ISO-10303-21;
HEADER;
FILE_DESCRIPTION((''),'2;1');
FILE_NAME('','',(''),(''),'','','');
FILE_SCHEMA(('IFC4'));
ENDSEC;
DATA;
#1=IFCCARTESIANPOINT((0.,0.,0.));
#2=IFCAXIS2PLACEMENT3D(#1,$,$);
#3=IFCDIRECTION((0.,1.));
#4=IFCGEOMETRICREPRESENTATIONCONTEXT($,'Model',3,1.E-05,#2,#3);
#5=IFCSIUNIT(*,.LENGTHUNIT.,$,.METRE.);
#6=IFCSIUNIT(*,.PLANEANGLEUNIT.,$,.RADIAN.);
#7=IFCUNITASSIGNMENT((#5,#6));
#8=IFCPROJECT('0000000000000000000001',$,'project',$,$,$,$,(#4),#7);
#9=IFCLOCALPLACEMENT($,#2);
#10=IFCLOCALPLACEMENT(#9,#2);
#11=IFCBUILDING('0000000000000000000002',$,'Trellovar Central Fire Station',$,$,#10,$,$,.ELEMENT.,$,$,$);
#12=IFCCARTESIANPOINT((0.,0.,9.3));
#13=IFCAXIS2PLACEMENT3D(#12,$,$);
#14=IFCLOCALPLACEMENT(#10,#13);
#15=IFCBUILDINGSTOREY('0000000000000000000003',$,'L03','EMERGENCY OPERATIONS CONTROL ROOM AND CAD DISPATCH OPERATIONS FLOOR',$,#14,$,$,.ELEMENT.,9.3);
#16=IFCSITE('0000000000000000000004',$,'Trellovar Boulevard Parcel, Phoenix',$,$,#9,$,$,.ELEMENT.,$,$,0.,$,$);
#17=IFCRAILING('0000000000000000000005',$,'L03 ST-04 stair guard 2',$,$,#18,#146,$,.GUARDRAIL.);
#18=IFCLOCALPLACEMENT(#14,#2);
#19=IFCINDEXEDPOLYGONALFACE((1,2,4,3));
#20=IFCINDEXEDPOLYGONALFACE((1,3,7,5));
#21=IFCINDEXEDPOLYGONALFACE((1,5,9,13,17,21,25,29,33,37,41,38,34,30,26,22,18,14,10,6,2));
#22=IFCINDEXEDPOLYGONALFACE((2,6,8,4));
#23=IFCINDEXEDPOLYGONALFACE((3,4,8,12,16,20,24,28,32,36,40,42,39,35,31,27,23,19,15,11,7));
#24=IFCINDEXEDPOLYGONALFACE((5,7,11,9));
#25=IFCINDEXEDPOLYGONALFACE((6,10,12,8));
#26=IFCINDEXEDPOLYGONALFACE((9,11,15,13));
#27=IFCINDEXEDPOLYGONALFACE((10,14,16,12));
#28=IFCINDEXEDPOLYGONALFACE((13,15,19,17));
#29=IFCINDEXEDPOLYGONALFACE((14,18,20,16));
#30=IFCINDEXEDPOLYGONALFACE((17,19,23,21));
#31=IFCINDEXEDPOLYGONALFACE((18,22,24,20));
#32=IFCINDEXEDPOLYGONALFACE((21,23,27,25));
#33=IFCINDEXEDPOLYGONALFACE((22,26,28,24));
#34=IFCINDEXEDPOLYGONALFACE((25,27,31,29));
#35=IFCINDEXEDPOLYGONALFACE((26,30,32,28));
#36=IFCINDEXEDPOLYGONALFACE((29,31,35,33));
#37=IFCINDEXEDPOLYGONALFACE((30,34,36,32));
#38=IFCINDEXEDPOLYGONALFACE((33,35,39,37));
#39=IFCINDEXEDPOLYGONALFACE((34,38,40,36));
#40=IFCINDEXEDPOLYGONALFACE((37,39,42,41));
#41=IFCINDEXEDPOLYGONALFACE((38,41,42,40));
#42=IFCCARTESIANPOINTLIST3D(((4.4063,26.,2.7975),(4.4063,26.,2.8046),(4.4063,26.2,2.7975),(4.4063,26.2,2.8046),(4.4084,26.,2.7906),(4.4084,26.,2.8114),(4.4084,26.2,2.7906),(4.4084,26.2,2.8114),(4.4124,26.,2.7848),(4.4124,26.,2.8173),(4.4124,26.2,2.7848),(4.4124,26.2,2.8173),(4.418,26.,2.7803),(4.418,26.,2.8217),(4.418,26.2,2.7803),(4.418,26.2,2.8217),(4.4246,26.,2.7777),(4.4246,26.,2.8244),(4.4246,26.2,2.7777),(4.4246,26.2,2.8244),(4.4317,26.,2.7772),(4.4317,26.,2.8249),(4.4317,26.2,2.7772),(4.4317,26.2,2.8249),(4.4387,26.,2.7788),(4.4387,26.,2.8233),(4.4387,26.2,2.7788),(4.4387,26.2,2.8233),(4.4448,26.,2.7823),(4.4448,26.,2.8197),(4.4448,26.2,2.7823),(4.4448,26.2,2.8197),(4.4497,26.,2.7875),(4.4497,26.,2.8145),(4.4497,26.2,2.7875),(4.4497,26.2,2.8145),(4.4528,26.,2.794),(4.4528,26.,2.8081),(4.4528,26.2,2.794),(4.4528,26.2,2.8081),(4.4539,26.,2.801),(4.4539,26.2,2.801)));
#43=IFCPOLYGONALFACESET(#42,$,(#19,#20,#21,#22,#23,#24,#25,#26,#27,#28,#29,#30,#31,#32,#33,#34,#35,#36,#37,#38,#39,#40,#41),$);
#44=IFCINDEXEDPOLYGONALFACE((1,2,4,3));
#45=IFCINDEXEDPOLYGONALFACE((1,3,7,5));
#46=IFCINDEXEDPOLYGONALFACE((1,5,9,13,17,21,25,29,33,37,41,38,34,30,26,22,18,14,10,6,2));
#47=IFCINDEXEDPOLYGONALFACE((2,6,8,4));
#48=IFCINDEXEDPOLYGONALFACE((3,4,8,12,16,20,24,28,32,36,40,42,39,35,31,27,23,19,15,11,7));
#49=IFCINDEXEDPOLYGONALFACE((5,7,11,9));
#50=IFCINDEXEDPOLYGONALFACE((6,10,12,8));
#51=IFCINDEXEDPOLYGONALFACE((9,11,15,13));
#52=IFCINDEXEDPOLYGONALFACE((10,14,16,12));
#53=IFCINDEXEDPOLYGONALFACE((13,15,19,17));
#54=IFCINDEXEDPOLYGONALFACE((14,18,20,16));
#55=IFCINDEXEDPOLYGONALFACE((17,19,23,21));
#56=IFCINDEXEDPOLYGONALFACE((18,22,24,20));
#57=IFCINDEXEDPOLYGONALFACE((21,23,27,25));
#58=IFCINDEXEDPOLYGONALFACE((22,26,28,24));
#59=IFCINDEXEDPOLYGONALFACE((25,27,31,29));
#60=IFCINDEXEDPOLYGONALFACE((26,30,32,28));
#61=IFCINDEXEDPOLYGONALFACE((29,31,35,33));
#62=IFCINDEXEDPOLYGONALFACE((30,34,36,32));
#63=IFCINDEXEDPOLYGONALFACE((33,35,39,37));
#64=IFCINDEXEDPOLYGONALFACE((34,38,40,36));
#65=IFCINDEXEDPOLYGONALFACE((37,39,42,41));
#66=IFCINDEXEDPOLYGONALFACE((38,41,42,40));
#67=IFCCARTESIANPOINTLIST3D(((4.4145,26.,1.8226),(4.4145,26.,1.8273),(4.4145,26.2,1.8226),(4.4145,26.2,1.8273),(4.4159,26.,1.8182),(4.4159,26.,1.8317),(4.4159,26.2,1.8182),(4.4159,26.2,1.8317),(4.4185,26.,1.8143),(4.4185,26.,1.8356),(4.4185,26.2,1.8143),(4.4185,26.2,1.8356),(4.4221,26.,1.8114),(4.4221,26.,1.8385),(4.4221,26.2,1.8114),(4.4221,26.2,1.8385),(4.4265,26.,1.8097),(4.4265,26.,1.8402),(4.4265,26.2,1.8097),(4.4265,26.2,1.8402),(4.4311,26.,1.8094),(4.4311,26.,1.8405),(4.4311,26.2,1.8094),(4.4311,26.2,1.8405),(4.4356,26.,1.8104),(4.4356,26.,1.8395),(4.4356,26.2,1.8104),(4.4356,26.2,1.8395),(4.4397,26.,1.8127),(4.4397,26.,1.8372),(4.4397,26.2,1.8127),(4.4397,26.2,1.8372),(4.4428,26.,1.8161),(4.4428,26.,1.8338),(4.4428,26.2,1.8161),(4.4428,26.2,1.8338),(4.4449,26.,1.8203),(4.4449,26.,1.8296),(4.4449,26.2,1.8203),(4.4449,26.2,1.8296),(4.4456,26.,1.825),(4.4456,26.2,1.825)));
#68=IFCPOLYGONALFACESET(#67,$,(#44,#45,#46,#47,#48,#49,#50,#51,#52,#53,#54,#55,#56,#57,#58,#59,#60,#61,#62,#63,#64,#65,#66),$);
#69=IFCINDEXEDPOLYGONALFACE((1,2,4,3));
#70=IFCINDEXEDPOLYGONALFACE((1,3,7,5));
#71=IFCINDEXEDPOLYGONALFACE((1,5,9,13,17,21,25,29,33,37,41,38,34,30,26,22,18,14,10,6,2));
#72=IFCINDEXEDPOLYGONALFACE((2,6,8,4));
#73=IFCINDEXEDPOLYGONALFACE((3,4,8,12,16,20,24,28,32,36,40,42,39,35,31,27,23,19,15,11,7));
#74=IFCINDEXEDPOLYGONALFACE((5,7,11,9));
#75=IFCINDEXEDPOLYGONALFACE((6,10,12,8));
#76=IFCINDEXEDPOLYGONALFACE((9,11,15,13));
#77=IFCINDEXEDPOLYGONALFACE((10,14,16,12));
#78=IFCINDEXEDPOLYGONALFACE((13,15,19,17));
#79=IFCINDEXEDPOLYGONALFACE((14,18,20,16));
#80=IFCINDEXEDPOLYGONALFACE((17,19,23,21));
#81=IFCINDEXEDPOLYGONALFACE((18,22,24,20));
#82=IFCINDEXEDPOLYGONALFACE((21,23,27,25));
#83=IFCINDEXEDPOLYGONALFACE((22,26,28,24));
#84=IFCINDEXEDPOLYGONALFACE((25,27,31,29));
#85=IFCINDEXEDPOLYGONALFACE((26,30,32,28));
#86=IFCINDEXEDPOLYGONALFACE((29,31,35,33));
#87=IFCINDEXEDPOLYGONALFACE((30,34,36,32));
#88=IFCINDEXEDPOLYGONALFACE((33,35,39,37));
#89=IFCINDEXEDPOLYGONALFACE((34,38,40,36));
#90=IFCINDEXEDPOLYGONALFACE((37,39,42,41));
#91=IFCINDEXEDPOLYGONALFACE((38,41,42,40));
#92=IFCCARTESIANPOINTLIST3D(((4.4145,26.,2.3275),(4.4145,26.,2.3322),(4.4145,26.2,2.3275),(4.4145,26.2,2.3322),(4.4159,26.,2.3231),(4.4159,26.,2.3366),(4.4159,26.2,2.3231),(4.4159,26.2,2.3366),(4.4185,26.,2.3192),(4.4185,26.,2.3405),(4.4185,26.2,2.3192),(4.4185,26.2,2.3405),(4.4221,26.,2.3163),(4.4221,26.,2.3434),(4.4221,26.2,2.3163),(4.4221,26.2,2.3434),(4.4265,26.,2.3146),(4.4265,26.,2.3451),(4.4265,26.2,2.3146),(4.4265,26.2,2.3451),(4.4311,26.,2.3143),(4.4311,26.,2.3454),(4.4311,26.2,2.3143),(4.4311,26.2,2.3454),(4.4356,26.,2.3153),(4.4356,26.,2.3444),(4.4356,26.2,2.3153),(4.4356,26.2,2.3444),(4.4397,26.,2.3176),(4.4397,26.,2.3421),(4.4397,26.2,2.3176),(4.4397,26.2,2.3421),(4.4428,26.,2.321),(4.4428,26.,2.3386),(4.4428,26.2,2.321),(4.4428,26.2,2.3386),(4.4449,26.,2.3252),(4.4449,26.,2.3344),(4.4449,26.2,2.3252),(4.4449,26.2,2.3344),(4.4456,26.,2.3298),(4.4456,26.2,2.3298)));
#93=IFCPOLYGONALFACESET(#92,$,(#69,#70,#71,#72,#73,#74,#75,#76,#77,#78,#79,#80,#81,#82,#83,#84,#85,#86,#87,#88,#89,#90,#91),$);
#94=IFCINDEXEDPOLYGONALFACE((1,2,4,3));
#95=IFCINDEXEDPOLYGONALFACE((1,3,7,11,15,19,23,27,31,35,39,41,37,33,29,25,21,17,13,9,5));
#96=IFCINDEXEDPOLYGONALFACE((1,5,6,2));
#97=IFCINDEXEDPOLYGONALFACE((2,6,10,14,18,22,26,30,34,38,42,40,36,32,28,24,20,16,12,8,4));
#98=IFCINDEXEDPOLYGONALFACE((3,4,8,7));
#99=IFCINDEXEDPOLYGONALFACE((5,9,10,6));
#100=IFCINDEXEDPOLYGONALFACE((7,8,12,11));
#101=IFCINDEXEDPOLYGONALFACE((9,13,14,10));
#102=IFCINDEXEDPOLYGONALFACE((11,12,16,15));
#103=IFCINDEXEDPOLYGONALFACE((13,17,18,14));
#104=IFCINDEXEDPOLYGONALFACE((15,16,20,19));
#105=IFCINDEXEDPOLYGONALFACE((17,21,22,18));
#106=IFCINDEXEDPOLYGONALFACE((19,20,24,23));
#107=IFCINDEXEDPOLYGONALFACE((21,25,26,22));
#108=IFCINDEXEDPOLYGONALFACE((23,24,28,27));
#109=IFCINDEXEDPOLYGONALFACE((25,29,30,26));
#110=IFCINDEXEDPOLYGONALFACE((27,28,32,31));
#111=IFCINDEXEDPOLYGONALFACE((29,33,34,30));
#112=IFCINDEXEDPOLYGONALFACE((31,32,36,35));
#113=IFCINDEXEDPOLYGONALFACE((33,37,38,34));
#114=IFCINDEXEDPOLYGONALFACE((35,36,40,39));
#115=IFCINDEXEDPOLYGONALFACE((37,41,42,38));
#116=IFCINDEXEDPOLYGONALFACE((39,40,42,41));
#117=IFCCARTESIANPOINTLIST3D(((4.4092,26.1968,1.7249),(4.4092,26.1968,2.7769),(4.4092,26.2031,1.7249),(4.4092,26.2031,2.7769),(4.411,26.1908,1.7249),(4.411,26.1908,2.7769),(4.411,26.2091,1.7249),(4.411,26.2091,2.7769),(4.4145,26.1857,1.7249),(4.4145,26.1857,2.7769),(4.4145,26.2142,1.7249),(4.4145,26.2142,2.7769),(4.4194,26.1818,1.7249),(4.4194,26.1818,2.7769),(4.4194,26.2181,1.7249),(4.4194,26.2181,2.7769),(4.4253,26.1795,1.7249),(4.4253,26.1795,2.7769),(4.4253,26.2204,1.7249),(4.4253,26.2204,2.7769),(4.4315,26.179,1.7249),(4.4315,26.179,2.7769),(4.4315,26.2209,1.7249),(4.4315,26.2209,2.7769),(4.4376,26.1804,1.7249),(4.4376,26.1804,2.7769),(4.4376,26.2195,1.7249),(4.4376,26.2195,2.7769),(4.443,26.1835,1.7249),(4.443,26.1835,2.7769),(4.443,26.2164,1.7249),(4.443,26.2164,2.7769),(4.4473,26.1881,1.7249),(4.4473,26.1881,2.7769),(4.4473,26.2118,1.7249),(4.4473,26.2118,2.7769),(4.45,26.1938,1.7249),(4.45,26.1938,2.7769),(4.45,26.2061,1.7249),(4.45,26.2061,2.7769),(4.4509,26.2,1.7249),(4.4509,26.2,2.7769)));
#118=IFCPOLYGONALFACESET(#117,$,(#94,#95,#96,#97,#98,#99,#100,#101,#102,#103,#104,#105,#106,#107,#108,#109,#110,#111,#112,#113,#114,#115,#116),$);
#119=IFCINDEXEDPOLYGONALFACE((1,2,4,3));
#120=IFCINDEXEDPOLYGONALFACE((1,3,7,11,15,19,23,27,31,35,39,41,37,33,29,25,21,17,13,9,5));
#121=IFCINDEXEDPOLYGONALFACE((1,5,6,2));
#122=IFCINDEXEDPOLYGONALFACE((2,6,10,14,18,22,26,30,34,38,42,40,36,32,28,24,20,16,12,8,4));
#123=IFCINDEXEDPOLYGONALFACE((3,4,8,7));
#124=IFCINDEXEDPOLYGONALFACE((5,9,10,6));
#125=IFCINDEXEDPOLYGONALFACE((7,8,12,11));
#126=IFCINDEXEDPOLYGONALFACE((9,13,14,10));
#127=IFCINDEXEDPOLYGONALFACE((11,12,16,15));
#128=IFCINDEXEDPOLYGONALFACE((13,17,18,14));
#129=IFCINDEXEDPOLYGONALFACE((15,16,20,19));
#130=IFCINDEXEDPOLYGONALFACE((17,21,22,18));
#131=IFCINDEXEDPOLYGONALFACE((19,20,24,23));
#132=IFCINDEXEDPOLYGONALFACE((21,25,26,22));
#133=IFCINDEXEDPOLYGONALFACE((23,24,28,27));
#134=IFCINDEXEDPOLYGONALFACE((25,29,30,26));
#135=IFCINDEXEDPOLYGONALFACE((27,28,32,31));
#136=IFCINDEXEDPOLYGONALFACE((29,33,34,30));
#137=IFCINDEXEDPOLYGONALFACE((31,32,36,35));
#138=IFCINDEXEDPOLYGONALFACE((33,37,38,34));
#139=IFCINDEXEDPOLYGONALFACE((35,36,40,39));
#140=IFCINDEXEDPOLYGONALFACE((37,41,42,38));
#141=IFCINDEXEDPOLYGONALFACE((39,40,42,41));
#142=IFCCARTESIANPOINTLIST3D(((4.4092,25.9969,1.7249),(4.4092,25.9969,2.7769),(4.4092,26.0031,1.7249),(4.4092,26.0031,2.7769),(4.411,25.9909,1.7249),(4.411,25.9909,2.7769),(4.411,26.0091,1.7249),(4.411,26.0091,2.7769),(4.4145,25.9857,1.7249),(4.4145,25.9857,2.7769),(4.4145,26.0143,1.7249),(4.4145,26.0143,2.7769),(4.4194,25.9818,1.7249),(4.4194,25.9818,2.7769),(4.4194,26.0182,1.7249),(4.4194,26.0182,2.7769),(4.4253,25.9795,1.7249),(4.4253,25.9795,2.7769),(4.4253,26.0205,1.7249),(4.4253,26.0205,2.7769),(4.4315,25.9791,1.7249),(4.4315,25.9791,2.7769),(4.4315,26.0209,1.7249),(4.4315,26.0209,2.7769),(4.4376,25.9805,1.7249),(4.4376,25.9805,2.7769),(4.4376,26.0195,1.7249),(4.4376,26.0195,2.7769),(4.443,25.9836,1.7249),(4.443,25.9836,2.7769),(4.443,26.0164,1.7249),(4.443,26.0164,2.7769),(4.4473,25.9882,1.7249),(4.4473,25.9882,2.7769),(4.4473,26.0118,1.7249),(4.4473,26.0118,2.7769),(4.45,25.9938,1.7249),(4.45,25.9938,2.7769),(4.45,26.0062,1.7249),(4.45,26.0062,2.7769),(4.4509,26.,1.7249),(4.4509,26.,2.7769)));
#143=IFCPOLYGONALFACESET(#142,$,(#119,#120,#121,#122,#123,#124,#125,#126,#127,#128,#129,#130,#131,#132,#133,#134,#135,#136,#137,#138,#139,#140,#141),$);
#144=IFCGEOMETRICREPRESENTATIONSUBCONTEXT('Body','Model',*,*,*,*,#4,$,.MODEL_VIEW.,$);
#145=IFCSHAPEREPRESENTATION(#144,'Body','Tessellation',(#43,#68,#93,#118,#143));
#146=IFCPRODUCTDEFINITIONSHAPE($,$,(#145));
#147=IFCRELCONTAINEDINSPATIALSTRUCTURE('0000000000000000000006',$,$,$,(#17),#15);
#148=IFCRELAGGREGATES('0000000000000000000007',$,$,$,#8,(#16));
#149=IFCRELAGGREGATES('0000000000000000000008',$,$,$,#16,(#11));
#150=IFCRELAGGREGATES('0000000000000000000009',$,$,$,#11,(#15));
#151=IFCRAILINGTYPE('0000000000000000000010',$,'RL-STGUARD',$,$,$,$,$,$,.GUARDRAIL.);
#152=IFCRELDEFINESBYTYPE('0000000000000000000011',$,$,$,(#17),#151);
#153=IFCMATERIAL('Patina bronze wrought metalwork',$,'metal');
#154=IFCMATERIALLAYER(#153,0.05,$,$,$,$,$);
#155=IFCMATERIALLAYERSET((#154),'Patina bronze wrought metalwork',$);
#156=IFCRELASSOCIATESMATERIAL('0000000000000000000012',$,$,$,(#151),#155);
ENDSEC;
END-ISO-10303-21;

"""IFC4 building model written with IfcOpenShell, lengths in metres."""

from ifc_helpers import new_model, si_unit, direction, frame, origin, origin_2d, place, context, subcontext, project, spatial, circle, extrude, material, layer, layer_set, type_object, element, save


model = new_model("IFC4")

# Units and contexts
model_context = context("Model", 3, precision=1e-05, world=origin(), true_north=direction((0.0, 1.0)))
body_context = subcontext(model_context, "Body", "Model", "MODEL_VIEW")
ifc_project = project(units=[si_unit("LENGTHUNIT", "METRE"), si_unit("PLANEANGLEUNIT", "RADIAN")], contexts=[model_context])

# Site, building, storey
site_placement = place(None, origin())
site = spatial("IfcSite", under=ifc_project, at=site_placement, Name="Trellovar Boulevard Parcel, Phoenix", CompositionType="ELEMENT", RefElevation=0.0)
building_placement = place(site_placement, origin())
building = spatial("IfcBuilding", under=site, at=building_placement, Name="Trellovar Central Fire Station", CompositionType="ELEMENT")
storey_placement = place(building_placement, frame((0.0, 0.0, 9.3)))
storey = spatial("IfcBuildingStorey", under=building, at=storey_placement, Name="L03", Description="EMERGENCY OPERATIONS CONTROL ROOM AND CAD DISPATCH OPERATIONS FLOOR", CompositionType="ELEMENT", Elevation=9.3)

# Railing
ifc_material_1 = material(Name="Patina bronze wrought metalwork", Category="metal")
ifc_layer_1 = layer(ifc_material_1, 0.05)
ifc_layer_set_1 = layer_set([ifc_layer_1], Name="Patina bronze wrought metalwork")
railing_type_1 = type_object("IfcRailingType", Name="RL-STGUARD", PredefinedType="GUARDRAIL", material=ifc_layer_set_1)
railing_1_placement = place(storey_placement, frame((4.4299, 26.2, 1.7249)))
element("IfcRailing", 1, at=railing_1_placement, inside=storey, type_object=railing_type_1, Name="L03 ST-04 stair guard 2", PredefinedType="GUARDRAIL", context=body_context, shape_type="SweptSolid", body=[
    extrude(circle(Radius=0.0239, at=origin_2d()), frame((0.0, 0.0, 1.0762), z_axis=(0.0, -1.0, 0.0), x_axis=(1.0, 0.0, 0.0)), (0.0, 0.0, 1.0), 0.2),
    extrude(circle(Radius=0.0156, at=origin_2d()), frame((0.0, 0.0, 0.1001), z_axis=(0.0, -1.0, 0.0), x_axis=(1.0, 0.0, 0.0)), (0.0, 0.0, 1.0), 0.2),
    extrude(circle(Radius=0.0156, at=origin_2d()), frame((0.0, 0.0, 0.605), z_axis=(0.0, -1.0, 0.0), x_axis=(1.0, 0.0, 0.0)), (0.0, 0.0, 1.0), 0.2),
    extrude(circle(Radius=0.021, at=origin_2d()), origin(), (0.0, 0.0, 1.0), 1.052),
    extrude(circle(Radius=0.021, at=origin_2d()), frame((0.0, -0.2, 0.0)), (0.0, 0.0, 1.0), 1.052),
])

save(model, "model.ifc")
